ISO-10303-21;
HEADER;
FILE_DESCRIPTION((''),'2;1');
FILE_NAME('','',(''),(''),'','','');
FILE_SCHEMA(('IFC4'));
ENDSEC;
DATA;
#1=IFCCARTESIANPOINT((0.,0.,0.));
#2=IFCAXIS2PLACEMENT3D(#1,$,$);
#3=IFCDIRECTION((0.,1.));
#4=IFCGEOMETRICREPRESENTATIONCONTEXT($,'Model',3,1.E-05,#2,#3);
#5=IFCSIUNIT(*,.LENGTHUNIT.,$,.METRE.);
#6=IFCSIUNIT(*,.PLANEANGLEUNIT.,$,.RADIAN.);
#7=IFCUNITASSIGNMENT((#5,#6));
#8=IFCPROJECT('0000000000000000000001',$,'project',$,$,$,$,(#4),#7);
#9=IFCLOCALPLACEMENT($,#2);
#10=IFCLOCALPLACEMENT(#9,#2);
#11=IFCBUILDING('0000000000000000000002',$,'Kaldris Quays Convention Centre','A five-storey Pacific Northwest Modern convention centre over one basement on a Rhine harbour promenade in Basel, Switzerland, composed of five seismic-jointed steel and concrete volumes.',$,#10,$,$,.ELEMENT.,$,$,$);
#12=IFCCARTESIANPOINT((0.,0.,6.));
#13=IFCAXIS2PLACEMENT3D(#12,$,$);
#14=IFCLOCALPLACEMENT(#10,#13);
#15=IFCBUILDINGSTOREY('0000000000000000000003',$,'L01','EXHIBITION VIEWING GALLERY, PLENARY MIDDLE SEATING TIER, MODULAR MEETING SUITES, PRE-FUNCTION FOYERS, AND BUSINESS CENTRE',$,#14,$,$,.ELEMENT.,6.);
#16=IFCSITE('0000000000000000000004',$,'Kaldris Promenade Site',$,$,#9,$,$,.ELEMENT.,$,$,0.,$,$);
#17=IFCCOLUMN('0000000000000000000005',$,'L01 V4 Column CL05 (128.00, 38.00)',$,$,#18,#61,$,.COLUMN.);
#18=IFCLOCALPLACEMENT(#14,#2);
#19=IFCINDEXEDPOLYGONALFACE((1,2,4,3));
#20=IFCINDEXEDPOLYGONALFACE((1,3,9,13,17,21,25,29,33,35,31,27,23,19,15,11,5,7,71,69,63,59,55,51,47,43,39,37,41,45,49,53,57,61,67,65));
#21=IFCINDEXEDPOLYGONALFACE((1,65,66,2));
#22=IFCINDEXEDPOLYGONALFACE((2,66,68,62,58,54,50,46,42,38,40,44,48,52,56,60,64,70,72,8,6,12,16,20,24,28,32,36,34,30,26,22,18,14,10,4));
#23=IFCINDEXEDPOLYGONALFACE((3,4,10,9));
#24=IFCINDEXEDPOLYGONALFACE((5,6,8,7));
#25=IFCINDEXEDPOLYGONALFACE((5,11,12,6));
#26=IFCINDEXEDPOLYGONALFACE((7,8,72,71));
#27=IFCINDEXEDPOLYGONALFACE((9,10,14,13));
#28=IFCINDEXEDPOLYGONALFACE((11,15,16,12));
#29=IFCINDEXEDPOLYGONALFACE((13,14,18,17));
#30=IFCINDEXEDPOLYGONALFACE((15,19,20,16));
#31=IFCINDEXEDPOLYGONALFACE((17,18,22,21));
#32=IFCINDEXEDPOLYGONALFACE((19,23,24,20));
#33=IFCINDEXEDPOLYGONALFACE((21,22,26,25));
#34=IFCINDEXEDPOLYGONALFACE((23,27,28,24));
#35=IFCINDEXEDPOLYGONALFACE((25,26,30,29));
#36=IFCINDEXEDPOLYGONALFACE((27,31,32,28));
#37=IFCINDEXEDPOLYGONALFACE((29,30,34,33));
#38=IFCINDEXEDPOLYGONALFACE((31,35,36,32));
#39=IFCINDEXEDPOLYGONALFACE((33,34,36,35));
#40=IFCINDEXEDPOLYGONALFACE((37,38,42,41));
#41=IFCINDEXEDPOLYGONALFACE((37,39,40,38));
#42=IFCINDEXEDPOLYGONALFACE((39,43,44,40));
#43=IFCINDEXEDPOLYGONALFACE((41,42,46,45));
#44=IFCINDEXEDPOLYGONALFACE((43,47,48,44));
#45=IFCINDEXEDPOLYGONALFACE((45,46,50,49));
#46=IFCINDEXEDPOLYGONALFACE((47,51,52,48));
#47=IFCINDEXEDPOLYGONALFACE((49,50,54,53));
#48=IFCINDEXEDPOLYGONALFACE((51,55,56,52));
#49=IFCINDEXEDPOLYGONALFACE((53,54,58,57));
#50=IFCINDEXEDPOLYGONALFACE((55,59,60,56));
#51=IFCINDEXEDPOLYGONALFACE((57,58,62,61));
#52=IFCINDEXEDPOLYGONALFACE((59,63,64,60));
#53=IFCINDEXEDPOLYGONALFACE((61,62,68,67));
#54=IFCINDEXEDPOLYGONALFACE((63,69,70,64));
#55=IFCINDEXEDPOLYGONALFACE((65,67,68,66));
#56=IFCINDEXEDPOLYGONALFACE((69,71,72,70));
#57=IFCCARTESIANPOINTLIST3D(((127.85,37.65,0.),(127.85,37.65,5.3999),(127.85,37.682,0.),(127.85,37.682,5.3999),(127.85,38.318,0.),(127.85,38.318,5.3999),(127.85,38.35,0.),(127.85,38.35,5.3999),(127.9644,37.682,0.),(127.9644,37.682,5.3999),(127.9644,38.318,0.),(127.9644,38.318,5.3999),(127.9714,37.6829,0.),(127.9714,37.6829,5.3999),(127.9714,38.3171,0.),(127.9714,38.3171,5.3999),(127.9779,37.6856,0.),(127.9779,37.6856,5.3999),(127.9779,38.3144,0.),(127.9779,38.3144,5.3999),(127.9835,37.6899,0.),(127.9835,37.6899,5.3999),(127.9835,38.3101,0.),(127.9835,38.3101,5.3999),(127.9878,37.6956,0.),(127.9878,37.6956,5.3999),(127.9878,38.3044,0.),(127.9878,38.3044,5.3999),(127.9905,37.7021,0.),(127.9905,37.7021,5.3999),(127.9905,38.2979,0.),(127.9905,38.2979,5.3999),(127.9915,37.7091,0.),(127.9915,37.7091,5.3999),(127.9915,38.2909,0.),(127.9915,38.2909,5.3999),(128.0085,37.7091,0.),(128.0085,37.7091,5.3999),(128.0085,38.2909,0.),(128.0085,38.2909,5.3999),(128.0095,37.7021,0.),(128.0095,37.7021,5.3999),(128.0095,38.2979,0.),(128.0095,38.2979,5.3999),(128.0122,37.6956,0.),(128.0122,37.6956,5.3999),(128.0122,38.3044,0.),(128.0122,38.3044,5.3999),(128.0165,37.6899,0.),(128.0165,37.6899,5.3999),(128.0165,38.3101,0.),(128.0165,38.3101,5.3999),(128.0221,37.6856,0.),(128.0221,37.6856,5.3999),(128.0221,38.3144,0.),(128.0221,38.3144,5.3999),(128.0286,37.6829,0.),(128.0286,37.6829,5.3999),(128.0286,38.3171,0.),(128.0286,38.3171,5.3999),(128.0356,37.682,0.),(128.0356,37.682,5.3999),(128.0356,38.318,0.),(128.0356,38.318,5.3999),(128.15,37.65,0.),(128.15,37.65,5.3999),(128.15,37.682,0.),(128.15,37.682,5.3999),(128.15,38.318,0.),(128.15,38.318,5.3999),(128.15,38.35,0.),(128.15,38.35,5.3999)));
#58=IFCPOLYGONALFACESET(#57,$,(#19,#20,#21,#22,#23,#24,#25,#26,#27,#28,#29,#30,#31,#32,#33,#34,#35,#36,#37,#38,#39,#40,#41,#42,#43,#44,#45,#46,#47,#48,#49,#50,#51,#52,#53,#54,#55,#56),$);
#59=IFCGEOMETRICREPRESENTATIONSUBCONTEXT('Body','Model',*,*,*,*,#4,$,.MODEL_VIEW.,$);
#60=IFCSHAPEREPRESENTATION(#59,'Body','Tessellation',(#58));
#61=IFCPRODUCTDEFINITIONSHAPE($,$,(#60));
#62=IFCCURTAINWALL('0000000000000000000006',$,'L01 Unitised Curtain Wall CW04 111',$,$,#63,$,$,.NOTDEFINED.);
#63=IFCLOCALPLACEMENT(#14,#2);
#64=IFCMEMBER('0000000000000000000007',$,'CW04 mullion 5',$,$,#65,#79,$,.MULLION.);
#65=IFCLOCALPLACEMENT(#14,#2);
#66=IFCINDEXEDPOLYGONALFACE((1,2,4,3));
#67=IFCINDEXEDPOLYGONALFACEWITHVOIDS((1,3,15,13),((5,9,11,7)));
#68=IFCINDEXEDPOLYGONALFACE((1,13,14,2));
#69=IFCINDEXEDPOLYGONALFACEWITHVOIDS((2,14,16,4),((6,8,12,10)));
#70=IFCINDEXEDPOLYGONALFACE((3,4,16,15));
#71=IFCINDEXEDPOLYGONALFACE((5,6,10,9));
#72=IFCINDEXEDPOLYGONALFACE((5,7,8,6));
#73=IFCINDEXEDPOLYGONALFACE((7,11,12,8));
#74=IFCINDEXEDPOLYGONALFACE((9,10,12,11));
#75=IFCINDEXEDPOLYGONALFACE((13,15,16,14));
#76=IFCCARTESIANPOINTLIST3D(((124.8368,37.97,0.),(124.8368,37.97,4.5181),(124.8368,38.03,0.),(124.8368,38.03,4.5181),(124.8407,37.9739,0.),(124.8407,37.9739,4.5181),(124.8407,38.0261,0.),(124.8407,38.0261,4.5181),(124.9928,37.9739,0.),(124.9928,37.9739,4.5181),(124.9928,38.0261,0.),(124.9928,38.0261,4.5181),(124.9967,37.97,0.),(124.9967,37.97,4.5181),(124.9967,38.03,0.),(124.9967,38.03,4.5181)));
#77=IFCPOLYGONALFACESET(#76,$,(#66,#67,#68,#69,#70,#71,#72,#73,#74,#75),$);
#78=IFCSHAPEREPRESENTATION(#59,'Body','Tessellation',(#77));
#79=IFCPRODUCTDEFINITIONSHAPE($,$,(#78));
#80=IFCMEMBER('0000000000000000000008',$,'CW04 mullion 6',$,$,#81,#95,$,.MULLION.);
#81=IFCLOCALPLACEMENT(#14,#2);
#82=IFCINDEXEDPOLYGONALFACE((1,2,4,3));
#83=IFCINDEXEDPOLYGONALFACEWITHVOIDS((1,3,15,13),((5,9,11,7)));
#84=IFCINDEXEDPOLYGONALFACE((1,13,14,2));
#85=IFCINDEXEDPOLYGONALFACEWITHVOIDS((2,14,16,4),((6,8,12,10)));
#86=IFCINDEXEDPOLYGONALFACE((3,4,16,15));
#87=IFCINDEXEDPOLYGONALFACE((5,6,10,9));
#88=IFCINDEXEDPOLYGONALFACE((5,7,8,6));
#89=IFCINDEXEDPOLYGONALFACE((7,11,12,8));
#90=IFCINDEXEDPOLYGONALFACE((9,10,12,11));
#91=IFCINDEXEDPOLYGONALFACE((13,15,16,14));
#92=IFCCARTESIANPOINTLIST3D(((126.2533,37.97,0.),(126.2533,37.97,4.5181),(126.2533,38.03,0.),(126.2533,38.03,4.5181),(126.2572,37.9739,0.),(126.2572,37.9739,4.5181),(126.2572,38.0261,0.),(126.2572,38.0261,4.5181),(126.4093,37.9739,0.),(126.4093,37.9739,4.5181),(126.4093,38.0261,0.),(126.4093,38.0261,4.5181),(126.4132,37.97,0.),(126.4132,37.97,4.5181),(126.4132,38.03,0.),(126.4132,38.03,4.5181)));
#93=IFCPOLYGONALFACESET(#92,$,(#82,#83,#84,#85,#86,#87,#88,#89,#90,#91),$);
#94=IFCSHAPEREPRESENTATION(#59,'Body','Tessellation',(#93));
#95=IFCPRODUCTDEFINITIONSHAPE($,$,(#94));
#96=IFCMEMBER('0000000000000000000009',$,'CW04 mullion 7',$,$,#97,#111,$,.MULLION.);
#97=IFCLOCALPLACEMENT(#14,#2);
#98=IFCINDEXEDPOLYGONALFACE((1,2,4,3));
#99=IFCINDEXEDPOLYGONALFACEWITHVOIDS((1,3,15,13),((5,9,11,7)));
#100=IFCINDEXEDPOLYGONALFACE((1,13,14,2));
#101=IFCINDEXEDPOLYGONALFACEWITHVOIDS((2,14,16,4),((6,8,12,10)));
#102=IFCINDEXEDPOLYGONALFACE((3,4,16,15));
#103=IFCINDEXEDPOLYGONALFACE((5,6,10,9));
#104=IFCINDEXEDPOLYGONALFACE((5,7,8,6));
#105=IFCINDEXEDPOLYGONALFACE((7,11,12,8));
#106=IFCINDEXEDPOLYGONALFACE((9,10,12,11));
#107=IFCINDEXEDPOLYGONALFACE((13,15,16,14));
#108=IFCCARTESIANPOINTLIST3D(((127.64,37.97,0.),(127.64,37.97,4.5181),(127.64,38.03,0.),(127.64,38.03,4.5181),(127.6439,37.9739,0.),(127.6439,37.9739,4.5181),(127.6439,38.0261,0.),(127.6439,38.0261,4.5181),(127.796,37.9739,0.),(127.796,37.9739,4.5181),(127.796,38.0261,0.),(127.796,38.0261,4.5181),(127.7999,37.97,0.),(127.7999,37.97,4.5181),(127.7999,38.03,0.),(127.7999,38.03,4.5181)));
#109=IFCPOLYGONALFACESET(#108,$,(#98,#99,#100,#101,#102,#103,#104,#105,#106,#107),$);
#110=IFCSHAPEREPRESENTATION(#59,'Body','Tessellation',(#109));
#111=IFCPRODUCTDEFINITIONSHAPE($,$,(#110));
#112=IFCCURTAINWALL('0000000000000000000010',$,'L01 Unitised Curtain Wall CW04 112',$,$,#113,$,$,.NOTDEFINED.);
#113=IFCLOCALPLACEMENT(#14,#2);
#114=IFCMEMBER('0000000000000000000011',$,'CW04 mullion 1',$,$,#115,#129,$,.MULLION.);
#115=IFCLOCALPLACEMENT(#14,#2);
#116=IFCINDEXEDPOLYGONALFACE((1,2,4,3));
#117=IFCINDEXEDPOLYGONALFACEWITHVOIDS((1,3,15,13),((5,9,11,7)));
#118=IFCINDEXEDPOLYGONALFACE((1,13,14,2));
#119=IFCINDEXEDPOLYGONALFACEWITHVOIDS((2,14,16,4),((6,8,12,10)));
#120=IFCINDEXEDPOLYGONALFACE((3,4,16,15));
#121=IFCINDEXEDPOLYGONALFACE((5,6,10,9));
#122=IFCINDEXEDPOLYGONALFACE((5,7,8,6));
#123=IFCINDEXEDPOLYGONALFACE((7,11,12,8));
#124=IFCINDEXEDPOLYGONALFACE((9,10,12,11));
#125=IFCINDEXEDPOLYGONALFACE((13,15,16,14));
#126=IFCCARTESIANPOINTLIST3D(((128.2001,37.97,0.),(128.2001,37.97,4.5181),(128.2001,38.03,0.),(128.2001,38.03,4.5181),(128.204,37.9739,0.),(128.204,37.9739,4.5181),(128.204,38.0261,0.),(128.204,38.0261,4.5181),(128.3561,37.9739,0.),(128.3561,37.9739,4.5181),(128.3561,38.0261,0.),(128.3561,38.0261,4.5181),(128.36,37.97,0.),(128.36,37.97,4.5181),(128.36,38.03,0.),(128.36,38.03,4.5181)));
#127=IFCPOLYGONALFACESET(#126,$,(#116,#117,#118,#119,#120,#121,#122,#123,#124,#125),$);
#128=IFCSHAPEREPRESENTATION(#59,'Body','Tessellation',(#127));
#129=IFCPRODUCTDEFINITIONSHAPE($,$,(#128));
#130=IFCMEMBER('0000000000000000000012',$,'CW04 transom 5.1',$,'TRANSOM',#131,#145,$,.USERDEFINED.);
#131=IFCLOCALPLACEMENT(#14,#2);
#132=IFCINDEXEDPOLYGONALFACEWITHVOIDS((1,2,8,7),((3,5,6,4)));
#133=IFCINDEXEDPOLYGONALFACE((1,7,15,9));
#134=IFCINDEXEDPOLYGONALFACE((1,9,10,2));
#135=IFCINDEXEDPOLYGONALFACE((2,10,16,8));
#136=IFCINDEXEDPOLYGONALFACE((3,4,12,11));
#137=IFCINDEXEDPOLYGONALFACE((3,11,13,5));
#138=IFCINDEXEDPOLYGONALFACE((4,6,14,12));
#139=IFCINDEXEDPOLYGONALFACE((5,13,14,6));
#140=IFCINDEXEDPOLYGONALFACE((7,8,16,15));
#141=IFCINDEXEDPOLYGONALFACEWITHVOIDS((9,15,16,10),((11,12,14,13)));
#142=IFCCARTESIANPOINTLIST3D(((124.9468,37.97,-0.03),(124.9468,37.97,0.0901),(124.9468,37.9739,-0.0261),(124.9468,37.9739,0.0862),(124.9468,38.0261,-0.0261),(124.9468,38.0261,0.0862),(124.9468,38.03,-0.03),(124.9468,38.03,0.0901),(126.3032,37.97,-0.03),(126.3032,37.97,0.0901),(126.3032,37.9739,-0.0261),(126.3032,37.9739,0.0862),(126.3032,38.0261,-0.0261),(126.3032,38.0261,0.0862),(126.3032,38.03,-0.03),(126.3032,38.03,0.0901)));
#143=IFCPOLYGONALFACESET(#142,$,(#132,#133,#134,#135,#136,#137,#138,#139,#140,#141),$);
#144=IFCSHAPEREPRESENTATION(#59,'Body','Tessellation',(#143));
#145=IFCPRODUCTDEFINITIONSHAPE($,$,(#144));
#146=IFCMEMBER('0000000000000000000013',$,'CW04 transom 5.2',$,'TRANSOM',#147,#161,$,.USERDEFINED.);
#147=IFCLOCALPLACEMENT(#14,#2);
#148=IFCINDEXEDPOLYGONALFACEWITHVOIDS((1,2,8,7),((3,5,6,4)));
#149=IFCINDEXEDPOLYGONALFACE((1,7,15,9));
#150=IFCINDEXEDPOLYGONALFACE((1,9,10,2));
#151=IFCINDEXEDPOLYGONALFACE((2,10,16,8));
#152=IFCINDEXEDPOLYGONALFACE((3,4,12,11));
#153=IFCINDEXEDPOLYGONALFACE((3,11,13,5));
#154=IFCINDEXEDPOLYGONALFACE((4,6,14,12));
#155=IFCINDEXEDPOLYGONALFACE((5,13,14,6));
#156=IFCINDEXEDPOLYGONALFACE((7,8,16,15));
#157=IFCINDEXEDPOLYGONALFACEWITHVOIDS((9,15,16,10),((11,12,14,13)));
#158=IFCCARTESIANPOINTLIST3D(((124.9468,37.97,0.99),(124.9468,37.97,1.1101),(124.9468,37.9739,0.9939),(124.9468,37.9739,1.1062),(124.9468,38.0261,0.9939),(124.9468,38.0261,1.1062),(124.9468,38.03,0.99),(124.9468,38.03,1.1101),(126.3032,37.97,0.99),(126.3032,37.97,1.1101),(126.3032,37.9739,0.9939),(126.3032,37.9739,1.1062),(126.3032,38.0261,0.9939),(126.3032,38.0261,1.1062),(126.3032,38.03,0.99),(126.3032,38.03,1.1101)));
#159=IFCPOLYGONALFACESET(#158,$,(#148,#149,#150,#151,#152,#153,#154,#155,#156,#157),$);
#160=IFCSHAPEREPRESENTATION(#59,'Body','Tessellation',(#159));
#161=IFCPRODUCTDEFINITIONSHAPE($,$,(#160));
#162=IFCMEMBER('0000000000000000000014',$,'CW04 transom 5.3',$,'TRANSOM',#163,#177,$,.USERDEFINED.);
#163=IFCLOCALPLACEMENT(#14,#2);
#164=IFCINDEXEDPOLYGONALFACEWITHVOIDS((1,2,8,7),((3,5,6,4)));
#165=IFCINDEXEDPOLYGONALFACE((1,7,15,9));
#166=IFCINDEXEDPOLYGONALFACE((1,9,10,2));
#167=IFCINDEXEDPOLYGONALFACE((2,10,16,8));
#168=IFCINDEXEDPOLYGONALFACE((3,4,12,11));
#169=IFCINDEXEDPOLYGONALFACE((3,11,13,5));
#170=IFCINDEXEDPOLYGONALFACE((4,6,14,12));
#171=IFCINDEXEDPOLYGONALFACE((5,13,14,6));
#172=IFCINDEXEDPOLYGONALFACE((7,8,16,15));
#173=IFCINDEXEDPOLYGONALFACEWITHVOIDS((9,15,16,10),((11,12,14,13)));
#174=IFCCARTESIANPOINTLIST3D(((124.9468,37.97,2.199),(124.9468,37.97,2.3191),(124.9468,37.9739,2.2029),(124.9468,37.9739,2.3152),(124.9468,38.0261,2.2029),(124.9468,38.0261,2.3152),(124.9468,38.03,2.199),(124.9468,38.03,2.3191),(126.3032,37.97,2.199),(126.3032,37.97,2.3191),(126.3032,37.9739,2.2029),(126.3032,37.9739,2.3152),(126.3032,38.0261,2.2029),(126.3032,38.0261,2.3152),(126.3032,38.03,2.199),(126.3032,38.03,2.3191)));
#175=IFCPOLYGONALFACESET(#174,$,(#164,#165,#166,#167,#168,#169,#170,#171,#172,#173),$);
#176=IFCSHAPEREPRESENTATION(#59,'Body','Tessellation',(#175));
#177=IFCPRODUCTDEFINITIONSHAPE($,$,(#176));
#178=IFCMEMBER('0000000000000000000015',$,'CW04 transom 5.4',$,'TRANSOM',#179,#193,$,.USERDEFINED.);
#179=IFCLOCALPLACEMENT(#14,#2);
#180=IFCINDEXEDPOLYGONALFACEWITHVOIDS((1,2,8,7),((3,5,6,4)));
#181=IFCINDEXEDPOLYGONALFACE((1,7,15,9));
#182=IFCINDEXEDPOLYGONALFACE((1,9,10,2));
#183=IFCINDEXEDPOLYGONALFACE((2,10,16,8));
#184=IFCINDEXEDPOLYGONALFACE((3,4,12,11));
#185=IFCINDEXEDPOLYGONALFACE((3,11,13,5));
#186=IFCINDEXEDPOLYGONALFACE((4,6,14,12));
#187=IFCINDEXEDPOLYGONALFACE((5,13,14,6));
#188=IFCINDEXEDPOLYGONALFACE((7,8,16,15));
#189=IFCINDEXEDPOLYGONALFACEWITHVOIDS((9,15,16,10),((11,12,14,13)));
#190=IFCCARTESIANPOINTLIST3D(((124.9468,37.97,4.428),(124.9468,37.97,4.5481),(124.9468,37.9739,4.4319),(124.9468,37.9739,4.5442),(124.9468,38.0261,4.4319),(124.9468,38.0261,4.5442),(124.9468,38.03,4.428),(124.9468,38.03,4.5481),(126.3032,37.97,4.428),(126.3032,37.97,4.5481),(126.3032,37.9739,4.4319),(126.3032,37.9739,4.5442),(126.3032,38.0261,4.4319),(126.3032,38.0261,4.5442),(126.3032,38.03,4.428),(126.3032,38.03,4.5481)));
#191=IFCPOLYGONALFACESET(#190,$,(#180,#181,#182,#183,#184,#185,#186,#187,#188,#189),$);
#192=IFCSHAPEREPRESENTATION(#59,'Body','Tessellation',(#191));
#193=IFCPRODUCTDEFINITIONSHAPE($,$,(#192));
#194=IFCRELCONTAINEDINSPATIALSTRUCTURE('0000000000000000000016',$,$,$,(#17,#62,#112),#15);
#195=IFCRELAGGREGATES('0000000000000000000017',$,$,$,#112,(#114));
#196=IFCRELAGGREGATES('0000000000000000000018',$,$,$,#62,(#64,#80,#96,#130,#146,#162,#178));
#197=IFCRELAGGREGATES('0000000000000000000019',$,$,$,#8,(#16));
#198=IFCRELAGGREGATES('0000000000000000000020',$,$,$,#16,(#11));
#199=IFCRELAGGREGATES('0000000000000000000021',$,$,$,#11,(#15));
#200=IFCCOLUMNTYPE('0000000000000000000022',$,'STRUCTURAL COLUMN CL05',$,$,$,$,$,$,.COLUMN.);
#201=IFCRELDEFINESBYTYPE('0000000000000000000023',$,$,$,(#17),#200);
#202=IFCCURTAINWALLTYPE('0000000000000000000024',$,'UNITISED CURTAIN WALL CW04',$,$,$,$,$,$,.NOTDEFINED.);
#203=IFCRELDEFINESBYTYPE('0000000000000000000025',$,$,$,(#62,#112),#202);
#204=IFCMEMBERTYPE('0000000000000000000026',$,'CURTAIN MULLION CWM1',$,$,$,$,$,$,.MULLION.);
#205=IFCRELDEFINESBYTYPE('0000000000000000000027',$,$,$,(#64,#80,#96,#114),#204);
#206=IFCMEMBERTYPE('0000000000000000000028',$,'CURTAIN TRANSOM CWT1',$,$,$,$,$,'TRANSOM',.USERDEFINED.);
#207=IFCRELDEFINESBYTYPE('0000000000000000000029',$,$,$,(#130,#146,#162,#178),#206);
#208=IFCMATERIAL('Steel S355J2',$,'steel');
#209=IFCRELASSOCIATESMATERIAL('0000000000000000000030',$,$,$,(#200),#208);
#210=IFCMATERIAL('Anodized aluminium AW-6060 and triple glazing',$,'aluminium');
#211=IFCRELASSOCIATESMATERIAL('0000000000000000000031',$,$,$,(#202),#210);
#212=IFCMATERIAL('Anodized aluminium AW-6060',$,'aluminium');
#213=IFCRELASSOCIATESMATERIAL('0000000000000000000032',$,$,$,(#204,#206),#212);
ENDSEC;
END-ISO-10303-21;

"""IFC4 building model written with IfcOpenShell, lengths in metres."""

from ifc_helpers import new_model, si_unit, direction, frame, origin, origin_2d, place, context, subcontext, project, spatial, hollow_rectangle, i_section, extrude, material, material_profile, profile_set, type_object, element, aggregate, save


model = new_model("IFC4")

# Units and contexts
model_context = context("Model", 3, precision=1e-05, world=origin(), true_north=direction((0.0, 1.0)))
body_context = subcontext(model_context, "Body", "Model", "MODEL_VIEW")
ifc_project = project(units=[si_unit("LENGTHUNIT", "METRE"), si_unit("PLANEANGLEUNIT", "RADIAN")], contexts=[model_context])

# Site, building, storey
site_placement = place(None, origin())
site = spatial("IfcSite", under=ifc_project, at=site_placement, Name="Kaldris Promenade Site", CompositionType="ELEMENT", RefElevation=0.0)
building_placement = place(site_placement, origin())
building = spatial("IfcBuilding", under=site, at=building_placement, Name="Kaldris Quays Convention Centre", Description="A five-storey Pacific Northwest Modern convention centre over one basement on a Rhine harbour promenade in Basel, Switzerland, composed of five seismic-jointed steel and concrete volumes.", CompositionType="ELEMENT")
storey_placement = place(building_placement, frame((0.0, 0.0, 6.0)))
storey = spatial("IfcBuildingStorey", under=building, at=storey_placement, Name="L01", Description="EXHIBITION VIEWING GALLERY, PLENARY MIDDLE SEATING TIER, MODULAR MEETING SUITES, PRE-FUNCTION FOYERS, AND BUSINESS CENTRE", CompositionType="ELEMENT", Elevation=6.0)

# Column
ifc_material_1 = material(Name="Steel S355J2", Category="steel")
ifc_material_profile_1 = material_profile(ifc_material_1, i_section(OverallWidth=0.3, OverallDepth=0.7, WebThickness=0.0171, FlangeThickness=0.032, FilletRadius=0.0271, at=origin_2d()), Name="HEB 700")
ifc_profile_set_1 = profile_set([ifc_material_profile_1], Name="Steel S355J2")
column_type = type_object("IfcColumnType", Name="STRUCTURAL COLUMN CL05", PredefinedType="COLUMN", material=ifc_profile_set_1)
column_placement = place(storey_placement, frame((128.0, 38.0, 0.0), z_axis=(0.0, 0.0, 1.0), x_axis=(1.0, 0.0, 0.0)))
element("IfcColumn", 1, at=column_placement, inside=storey, type_object=column_type, Name="L01 V4 Column CL05 (128.00, 38.00)", PredefinedType="COLUMN", context=body_context, shape_type="SweptSolid", body=[
    extrude(i_section(OverallWidth=0.3, OverallDepth=0.7, WebThickness=0.0171, FlangeThickness=0.032, FilletRadius=0.0271, at=origin_2d()), origin(), (0.0, 0.0, 1.0), 5.3999),
])

# Curtain wall, members
ifc_material_2 = material(Name="Anodized aluminium AW-6060 and triple glazing", Category="aluminium")
curtain_wall_type = type_object("IfcCurtainWallType", Name="UNITISED CURTAIN WALL CW04", PredefinedType="NOTDEFINED", material=ifc_material_2)
curtain_wall_1_placement = place(storey_placement, origin())
curtain_wall_1 = element("IfcCurtainWall", 2, at=curtain_wall_1_placement, inside=storey, type_object=curtain_wall_type, Name="L01 Unitised Curtain Wall CW04 111", PredefinedType="NOTDEFINED")
ifc_material_3 = material(Name="Anodized aluminium AW-6060", Category="aluminium")
ifc_material_profile_2 = material_profile(ifc_material_3, hollow_rectangle(XDim=0.0601, YDim=0.1599, WallThickness=0.0039, at=origin_2d()), Name="RHS 160x60x4")
ifc_profile_set_2 = profile_set([ifc_material_profile_2], Name="Anodized aluminium AW-6060")
member_type_1 = type_object("IfcMemberType", Name="CURTAIN MULLION CWM1", PredefinedType="MULLION", material=ifc_profile_set_2)
member_1_placement = place(storey_placement, frame((124.9167, 38.0, 0.0), z_axis=(0.0, 0.0, 1.0), x_axis=(0.0, 1.0, 0.0)))
member_1 = element("IfcMember", 3, at=member_1_placement, type_object=member_type_1, Name="CW04 mullion 5", PredefinedType="MULLION", context=body_context, shape_type="SweptSolid", body=[
    extrude(hollow_rectangle(XDim=0.0601, YDim=0.1599, WallThickness=0.0039, at=origin_2d()), origin(), (0.0, 0.0, 1.0), 4.5181),
])
member_2_placement = place(storey_placement, frame((126.3333, 38.0, 0.0), z_axis=(0.0, 0.0, 1.0), x_axis=(0.0, 1.0, 0.0)))
member_2 = element("IfcMember", 4, at=member_2_placement, type_object=member_type_1, Name="CW04 mullion 6", PredefinedType="MULLION", context=body_context, shape_type="SweptSolid", body=[
    extrude(hollow_rectangle(XDim=0.0601, YDim=0.1599, WallThickness=0.0039, at=origin_2d()), origin(), (0.0, 0.0, 1.0), 4.5181),
])
member_3_placement = place(storey_placement, frame((127.72, 38.0, 0.0), z_axis=(0.0, 0.0, 1.0), x_axis=(0.0, 1.0, 0.0)))
member_3 = element("IfcMember", 5, at=member_3_placement, type_object=member_type_1, Name="CW04 mullion 7", PredefinedType="MULLION", context=body_context, shape_type="SweptSolid", body=[
    extrude(hollow_rectangle(XDim=0.0601, YDim=0.1599, WallThickness=0.0039, at=origin_2d()), origin(), (0.0, 0.0, 1.0), 4.5181),
])

# Curtain wall, member
curtain_wall_2_placement = place(storey_placement, origin())
curtain_wall_2 = element("IfcCurtainWall", 6, at=curtain_wall_2_placement, inside=storey, type_object=curtain_wall_type, Name="L01 Unitised Curtain Wall CW04 112", PredefinedType="NOTDEFINED")
member_4_placement = place(storey_placement, frame((128.28, 38.0, 0.0), z_axis=(0.0, 0.0, 1.0), x_axis=(0.0, 1.0, 0.0)))
member_4 = element("IfcMember", 7, at=member_4_placement, type_object=member_type_1, Name="CW04 mullion 1", PredefinedType="MULLION", context=body_context, shape_type="SweptSolid", body=[
    extrude(hollow_rectangle(XDim=0.0601, YDim=0.1599, WallThickness=0.0039, at=origin_2d()), origin(), (0.0, 0.0, 1.0), 4.5181),
])

# Members
ifc_material_profile_3 = material_profile(ifc_material_3, hollow_rectangle(XDim=0.0601, YDim=0.1201, WallThickness=0.0039, at=origin_2d()), Name="RHS 120x60x4")
ifc_profile_set_3 = profile_set([ifc_material_profile_3], Name="Anodized aluminium AW-6060")
member_type_2 = type_object("IfcMemberType", Name="CURTAIN TRANSOM CWT1", ElementType="TRANSOM", PredefinedType="USERDEFINED", material=ifc_profile_set_3)
member_5_placement = place(storey_placement, frame((124.9468, 38.0, 0.03), z_axis=(1.0, 0.0, 0.0), x_axis=(0.0, 1.0, 0.0)))
member_5 = element("IfcMember", 8, at=member_5_placement, type_object=member_type_2, Name="CW04 transom 5.1", ObjectType="TRANSOM", PredefinedType="USERDEFINED", context=body_context, shape_type="SweptSolid", body=[
    extrude(hollow_rectangle(XDim=0.0601, YDim=0.1201, WallThickness=0.0039, at=origin_2d()), origin(), (0.0, 0.0, 1.0), 1.3564),
])
member_6_placement = place(storey_placement, frame((124.9468, 38.0, 1.05), z_axis=(1.0, 0.0, 0.0), x_axis=(0.0, 1.0, 0.0)))
member_6 = element("IfcMember", 9, at=member_6_placement, type_object=member_type_2, Name="CW04 transom 5.2", ObjectType="TRANSOM", PredefinedType="USERDEFINED", context=body_context, shape_type="SweptSolid", body=[
    extrude(hollow_rectangle(XDim=0.0601, YDim=0.1201, WallThickness=0.0039, at=origin_2d()), origin(), (0.0, 0.0, 1.0), 1.3564),
])
member_7_placement = place(storey_placement, frame((124.9468, 38.0, 2.259), z_axis=(1.0, 0.0, 0.0), x_axis=(0.0, 1.0, 0.0)))
member_7 = element("IfcMember", 10, at=member_7_placement, type_object=member_type_2, Name="CW04 transom 5.3", ObjectType="TRANSOM", PredefinedType="USERDEFINED", context=body_context, shape_type="SweptSolid", body=[
    extrude(hollow_rectangle(XDim=0.0601, YDim=0.1201, WallThickness=0.0039, at=origin_2d()), origin(), (0.0, 0.0, 1.0), 1.3564),
])
member_8_placement = place(storey_placement, frame((124.9468, 38.0, 4.488), z_axis=(1.0, 0.0, 0.0), x_axis=(0.0, 1.0, 0.0)))
member_8 = element("IfcMember", 11, at=member_8_placement, type_object=member_type_2, Name="CW04 transom 5.4", ObjectType="TRANSOM", PredefinedType="USERDEFINED", context=body_context, shape_type="SweptSolid", body=[
    extrude(hollow_rectangle(XDim=0.0601, YDim=0.1201, WallThickness=0.0039, at=origin_2d()), origin(), (0.0, 0.0, 1.0), 1.3564),
])
aggregate(curtain_wall_2, [member_4])

aggregate(curtain_wall_1, [member_1, member_2, member_3, member_5, member_6, member_7, member_8])

save(model, "model.ifc")
